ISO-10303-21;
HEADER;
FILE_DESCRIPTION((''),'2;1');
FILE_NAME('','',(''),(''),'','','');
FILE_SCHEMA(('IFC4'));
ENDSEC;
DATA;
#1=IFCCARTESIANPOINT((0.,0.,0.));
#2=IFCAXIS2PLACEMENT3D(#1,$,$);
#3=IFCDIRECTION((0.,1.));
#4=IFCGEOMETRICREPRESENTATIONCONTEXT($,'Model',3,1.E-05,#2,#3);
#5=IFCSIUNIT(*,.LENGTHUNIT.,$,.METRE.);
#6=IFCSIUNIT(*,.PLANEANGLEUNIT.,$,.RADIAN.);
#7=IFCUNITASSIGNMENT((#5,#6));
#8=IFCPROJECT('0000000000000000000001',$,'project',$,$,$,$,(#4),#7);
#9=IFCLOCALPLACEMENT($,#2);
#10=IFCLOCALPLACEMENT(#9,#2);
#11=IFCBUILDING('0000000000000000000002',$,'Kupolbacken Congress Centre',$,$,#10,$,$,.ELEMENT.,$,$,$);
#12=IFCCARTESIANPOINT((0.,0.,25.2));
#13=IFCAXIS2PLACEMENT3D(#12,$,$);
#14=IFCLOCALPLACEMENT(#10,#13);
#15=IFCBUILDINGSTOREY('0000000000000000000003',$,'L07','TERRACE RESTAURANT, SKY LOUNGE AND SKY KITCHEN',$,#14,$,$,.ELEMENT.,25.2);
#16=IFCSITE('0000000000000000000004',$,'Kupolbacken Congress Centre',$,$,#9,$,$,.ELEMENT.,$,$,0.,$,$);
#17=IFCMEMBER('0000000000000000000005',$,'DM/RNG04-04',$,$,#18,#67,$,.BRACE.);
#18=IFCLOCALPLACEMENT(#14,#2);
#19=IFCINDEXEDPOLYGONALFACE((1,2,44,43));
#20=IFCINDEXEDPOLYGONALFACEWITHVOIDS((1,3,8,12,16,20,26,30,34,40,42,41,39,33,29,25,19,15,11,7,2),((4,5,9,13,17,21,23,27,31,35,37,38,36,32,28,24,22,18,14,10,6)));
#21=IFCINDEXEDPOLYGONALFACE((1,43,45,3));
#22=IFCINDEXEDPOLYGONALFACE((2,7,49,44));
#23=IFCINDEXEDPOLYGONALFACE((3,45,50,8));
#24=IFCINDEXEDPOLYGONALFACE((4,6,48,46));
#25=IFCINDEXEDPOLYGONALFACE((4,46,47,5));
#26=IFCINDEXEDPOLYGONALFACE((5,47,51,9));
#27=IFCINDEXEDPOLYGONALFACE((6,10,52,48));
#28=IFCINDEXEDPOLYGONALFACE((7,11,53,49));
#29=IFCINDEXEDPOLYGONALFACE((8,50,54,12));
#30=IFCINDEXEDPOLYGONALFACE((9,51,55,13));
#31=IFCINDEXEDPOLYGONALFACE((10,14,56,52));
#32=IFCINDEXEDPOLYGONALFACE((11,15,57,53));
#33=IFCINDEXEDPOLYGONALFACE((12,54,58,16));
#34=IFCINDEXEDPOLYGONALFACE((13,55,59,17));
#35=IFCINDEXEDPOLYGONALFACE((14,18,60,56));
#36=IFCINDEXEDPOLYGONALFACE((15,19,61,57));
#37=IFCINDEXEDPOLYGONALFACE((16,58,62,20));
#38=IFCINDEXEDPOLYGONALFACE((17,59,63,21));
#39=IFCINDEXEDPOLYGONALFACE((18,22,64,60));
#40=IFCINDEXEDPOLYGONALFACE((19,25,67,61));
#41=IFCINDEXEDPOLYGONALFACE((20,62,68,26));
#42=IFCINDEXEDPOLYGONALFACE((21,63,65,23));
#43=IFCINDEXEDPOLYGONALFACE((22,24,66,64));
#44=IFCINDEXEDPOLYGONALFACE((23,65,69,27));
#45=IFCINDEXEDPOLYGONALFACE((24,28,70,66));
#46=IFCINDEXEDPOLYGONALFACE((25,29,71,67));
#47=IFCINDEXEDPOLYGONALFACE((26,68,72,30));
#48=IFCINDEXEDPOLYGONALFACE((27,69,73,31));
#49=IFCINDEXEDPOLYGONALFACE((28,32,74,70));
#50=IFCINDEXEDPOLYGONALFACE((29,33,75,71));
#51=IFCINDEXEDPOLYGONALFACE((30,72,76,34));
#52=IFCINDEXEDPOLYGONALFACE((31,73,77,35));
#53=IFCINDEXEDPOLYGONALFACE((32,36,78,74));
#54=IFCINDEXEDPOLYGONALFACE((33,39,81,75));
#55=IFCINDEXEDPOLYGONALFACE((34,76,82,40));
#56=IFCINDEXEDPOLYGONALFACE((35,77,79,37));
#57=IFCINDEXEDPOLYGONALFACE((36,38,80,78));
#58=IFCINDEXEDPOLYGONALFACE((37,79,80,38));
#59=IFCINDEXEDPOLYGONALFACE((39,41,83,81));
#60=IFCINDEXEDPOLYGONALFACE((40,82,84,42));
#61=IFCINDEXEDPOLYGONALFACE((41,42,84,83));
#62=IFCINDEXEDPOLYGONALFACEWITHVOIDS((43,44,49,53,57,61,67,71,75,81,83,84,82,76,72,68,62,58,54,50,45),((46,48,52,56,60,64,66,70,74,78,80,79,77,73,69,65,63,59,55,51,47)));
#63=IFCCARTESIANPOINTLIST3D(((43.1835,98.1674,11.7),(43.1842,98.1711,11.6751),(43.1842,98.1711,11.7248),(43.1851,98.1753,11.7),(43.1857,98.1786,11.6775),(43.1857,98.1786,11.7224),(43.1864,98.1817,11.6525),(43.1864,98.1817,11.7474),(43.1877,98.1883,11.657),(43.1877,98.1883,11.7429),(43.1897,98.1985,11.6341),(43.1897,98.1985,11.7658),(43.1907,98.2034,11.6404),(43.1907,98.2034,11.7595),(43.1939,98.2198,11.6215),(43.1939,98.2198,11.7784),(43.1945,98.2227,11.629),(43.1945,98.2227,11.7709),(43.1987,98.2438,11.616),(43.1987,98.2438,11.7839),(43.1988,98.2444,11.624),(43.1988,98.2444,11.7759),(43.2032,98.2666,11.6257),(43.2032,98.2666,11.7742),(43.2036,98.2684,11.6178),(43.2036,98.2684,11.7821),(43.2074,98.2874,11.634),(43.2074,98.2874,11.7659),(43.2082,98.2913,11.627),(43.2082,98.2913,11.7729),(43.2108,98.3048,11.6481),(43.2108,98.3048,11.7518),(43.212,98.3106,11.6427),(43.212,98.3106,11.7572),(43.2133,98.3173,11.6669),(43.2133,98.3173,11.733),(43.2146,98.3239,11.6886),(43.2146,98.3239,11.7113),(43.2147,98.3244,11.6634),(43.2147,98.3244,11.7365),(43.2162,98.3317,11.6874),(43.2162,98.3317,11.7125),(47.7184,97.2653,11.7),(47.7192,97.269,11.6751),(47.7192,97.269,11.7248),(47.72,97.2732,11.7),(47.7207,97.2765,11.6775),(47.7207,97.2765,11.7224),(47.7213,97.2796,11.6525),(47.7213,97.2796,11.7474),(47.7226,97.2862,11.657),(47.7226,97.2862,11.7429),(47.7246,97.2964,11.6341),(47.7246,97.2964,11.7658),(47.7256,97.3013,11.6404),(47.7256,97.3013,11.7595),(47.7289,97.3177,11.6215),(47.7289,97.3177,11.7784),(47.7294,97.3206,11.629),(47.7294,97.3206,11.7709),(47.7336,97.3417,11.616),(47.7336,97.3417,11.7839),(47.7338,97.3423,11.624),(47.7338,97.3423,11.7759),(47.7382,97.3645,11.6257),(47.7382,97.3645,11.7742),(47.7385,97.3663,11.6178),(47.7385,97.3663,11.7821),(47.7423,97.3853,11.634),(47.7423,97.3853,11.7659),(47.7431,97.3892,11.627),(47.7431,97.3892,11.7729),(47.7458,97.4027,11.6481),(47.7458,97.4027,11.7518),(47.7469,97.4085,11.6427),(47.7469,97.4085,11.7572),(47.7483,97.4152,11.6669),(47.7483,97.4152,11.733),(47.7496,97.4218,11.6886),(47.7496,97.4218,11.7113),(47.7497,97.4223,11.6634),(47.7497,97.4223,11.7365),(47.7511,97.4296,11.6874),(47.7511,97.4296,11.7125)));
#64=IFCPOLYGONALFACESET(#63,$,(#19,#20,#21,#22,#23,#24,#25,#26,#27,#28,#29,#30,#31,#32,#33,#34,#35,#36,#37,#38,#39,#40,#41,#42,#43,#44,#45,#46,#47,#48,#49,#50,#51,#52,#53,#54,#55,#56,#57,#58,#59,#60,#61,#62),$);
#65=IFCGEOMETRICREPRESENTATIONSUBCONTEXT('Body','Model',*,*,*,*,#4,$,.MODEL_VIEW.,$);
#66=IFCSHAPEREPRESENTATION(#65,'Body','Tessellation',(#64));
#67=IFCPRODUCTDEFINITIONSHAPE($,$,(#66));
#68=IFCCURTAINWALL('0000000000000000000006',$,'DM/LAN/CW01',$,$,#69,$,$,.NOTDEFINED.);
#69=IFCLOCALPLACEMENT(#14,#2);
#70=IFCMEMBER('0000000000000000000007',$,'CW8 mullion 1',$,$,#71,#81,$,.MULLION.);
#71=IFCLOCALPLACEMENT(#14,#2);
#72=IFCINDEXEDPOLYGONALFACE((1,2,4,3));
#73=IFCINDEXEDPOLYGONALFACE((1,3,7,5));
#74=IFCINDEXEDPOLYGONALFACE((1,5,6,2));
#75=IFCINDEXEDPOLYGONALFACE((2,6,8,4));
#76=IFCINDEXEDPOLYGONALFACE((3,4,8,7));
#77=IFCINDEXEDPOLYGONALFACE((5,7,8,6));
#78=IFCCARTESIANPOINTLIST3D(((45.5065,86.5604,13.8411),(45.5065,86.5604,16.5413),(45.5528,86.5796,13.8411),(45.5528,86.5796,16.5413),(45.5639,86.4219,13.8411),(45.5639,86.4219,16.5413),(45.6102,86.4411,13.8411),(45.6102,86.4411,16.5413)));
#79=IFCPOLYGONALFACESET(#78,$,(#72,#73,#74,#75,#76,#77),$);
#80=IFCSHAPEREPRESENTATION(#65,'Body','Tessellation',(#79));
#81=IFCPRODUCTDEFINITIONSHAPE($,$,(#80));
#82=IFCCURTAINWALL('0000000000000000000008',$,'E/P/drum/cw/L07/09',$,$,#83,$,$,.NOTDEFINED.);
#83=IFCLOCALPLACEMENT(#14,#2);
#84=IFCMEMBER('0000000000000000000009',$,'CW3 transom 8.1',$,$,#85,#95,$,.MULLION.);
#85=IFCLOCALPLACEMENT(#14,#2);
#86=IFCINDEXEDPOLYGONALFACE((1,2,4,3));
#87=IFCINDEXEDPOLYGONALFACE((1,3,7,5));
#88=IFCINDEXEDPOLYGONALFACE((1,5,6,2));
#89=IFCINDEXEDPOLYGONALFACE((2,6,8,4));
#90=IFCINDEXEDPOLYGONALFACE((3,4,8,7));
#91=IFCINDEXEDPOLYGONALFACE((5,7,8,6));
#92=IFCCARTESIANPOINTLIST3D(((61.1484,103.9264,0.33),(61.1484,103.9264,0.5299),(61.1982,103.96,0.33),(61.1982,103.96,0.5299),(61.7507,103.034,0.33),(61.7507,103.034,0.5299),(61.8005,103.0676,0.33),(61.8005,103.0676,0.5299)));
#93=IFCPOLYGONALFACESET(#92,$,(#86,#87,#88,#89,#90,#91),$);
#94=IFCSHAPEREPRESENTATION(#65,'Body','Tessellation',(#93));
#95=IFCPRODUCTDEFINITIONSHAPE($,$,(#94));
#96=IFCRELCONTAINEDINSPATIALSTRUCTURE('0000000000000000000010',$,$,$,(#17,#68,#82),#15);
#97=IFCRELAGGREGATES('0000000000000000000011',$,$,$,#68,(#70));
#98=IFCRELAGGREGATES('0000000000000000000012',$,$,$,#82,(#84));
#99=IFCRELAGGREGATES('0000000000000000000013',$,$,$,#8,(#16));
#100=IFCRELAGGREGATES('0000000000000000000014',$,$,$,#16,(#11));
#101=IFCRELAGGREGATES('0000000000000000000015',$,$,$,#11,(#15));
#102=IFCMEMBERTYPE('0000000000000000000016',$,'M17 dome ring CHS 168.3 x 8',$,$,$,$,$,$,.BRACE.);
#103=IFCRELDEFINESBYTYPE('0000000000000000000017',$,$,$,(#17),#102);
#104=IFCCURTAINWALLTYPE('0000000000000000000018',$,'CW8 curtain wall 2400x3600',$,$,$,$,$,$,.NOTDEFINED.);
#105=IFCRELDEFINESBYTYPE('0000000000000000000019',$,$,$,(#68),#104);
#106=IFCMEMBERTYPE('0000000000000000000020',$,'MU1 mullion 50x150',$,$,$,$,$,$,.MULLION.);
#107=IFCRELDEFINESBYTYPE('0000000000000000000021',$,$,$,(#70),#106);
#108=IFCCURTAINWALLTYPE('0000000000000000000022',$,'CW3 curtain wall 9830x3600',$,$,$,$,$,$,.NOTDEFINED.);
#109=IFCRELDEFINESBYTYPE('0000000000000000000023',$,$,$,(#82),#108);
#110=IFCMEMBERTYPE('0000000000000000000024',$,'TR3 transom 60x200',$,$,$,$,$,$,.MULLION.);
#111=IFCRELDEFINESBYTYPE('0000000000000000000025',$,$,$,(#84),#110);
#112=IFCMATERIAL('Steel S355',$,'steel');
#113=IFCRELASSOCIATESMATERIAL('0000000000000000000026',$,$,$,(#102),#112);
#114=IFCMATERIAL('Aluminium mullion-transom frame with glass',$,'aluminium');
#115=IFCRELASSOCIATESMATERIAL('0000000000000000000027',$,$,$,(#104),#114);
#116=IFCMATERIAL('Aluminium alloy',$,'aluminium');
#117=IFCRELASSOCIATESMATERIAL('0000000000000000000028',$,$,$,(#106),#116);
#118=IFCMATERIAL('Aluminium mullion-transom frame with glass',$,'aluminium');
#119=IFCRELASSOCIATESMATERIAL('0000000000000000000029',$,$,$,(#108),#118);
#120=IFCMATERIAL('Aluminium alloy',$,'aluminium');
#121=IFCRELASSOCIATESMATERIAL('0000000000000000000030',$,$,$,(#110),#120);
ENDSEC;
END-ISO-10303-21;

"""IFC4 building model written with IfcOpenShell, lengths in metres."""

from ifc_helpers import new_model, si_unit, direction, frame, origin, origin_2d, place, context, subcontext, project, spatial, rectangle, hollow_circle, extrude, material, material_profile, profile_set, type_object, element, aggregate, save


model = new_model("IFC4")

# Units and contexts
model_context = context("Model", 3, precision=1e-05, world=origin(), true_north=direction((0.0, 1.0)))
body_context = subcontext(model_context, "Body", "Model", "MODEL_VIEW")
ifc_project = project(units=[si_unit("LENGTHUNIT", "METRE"), si_unit("PLANEANGLEUNIT", "RADIAN")], contexts=[model_context])

# Site, building, storey
site_placement = place(None, origin())
site = spatial("IfcSite", under=ifc_project, at=site_placement, Name="Kupolbacken Congress Centre", CompositionType="ELEMENT", RefElevation=0.0)
building_placement = place(site_placement, origin())
building = spatial("IfcBuilding", under=site, at=building_placement, Name="Kupolbacken Congress Centre", CompositionType="ELEMENT")
storey_placement = place(building_placement, frame((0.0, 0.0, 25.2)))
storey = spatial("IfcBuildingStorey", under=building, at=storey_placement, Name="L07", Description="TERRACE RESTAURANT, SKY LOUNGE AND SKY KITCHEN", CompositionType="ELEMENT", Elevation=25.2)

# Member
ifc_material_1 = material(Name="Steel S355", Category="steel")
ifc_material_profile_1 = material_profile(ifc_material_1, hollow_circle(Radius=0.0842, WallThickness=0.0081, at=origin_2d()), Name="CHS 168.3 x 8")
ifc_profile_set_1 = profile_set([ifc_material_profile_1], Name="Steel S355")
member_type_1 = type_object("IfcMemberType", Name="M17 dome ring CHS 168.3 x 8", PredefinedType="BRACE", material=ifc_profile_set_1)
member_1_placement = place(storey_placement, frame((47.7349, 97.3479, 11.7), z_axis=(-0.980783, 0.195101, 0.0), x_axis=(-0.195101, -0.980783, 0.0)))
element("IfcMember", 1, at=member_1_placement, inside=storey, type_object=member_type_1, Name="DM/RNG04-04", PredefinedType="BRACE", context=body_context, shape_type="SweptSolid", body=[
    extrude(hollow_circle(Radius=0.0842, WallThickness=0.0081, at=origin_2d()), origin(), (0.0, 0.0, 1.0), 4.6238),
])

# Curtain walls, members
ifc_material_2 = material(Name="Aluminium mullion-transom frame with glass", Category="aluminium")
curtain_wall_type_1 = type_object("IfcCurtainWallType", Name="CW8 curtain wall 2400x3600", PredefinedType="NOTDEFINED", material=ifc_material_2)
curtain_wall_1_placement = place(storey_placement, origin())
curtain_wall_1 = element("IfcCurtainWall", 2, at=curtain_wall_1_placement, inside=storey, type_object=curtain_wall_type_1, Name="DM/LAN/CW01", PredefinedType="NOTDEFINED")
ifc_material_3 = material(Name="Aluminium alloy", Category="aluminium")
ifc_material_profile_2 = material_profile(ifc_material_3, rectangle(XDim=0.05, YDim=0.1499, at=origin_2d()), Name="50 x 150")
ifc_profile_set_2 = profile_set([ifc_material_profile_2], Name="Aluminium alloy")
member_type_2 = type_object("IfcMemberType", Name="MU1 mullion 50x150", PredefinedType="MULLION", material=ifc_profile_set_2)
member_2_placement = place(storey_placement, frame((45.5583, 86.5007, 13.8411), z_axis=(0.0, 0.0, 1.0), x_axis=(-0.92388, -0.382683, 0.0)))
member_2 = element("IfcMember", 3, at=member_2_placement, type_object=member_type_2, Name="CW8 mullion 1", PredefinedType="MULLION", context=body_context, shape_type="SweptSolid", body=[
    extrude(rectangle(XDim=0.05, YDim=0.1499, at=origin_2d()), origin(), (0.0, 0.0, 1.0), 2.7002),
])
aggregate(curtain_wall_1, [member_2])
ifc_material_4 = material(Name="Aluminium mullion-transom frame with glass", Category="aluminium")
curtain_wall_type_2 = type_object("IfcCurtainWallType", Name="CW3 curtain wall 9830x3600", PredefinedType="NOTDEFINED", material=ifc_material_4)
curtain_wall_2_placement = place(storey_placement, origin())
curtain_wall_2 = element("IfcCurtainWall", 4, at=curtain_wall_2_placement, inside=storey, type_object=curtain_wall_type_2, Name="E/P/drum/cw/L07/09", PredefinedType="NOTDEFINED")
ifc_material_5 = material(Name="Aluminium alloy", Category="aluminium")
ifc_material_profile_3 = material_profile(ifc_material_5, rectangle(XDim=0.0601, YDim=0.2, at=origin_2d()), Name="60 x 200")
ifc_profile_set_3 = profile_set([ifc_material_profile_3], Name="Aluminium alloy")
member_type_3 = type_object("IfcMemberType", Name="TR3 transom 60x200", PredefinedType="MULLION", material=ifc_profile_set_3)
member_3_placement = place(storey_placement, frame((61.7756, 103.0508, 0.4299), z_axis=(-0.559453, 0.828862, 0.0), x_axis=(-0.828862, -0.559453, 0.0)))
member_3 = element("IfcMember", 5, at=member_3_placement, type_object=member_type_3, Name="CW3 transom 8.1", PredefinedType="MULLION", context=body_context, shape_type="SweptSolid", body=[
    extrude(rectangle(XDim=0.0601, YDim=0.2, at=origin_2d()), origin(), (0.0, 0.0, 1.0), 1.0767),
])
aggregate(curtain_wall_2, [member_3])

save(model, "model.ifc")
